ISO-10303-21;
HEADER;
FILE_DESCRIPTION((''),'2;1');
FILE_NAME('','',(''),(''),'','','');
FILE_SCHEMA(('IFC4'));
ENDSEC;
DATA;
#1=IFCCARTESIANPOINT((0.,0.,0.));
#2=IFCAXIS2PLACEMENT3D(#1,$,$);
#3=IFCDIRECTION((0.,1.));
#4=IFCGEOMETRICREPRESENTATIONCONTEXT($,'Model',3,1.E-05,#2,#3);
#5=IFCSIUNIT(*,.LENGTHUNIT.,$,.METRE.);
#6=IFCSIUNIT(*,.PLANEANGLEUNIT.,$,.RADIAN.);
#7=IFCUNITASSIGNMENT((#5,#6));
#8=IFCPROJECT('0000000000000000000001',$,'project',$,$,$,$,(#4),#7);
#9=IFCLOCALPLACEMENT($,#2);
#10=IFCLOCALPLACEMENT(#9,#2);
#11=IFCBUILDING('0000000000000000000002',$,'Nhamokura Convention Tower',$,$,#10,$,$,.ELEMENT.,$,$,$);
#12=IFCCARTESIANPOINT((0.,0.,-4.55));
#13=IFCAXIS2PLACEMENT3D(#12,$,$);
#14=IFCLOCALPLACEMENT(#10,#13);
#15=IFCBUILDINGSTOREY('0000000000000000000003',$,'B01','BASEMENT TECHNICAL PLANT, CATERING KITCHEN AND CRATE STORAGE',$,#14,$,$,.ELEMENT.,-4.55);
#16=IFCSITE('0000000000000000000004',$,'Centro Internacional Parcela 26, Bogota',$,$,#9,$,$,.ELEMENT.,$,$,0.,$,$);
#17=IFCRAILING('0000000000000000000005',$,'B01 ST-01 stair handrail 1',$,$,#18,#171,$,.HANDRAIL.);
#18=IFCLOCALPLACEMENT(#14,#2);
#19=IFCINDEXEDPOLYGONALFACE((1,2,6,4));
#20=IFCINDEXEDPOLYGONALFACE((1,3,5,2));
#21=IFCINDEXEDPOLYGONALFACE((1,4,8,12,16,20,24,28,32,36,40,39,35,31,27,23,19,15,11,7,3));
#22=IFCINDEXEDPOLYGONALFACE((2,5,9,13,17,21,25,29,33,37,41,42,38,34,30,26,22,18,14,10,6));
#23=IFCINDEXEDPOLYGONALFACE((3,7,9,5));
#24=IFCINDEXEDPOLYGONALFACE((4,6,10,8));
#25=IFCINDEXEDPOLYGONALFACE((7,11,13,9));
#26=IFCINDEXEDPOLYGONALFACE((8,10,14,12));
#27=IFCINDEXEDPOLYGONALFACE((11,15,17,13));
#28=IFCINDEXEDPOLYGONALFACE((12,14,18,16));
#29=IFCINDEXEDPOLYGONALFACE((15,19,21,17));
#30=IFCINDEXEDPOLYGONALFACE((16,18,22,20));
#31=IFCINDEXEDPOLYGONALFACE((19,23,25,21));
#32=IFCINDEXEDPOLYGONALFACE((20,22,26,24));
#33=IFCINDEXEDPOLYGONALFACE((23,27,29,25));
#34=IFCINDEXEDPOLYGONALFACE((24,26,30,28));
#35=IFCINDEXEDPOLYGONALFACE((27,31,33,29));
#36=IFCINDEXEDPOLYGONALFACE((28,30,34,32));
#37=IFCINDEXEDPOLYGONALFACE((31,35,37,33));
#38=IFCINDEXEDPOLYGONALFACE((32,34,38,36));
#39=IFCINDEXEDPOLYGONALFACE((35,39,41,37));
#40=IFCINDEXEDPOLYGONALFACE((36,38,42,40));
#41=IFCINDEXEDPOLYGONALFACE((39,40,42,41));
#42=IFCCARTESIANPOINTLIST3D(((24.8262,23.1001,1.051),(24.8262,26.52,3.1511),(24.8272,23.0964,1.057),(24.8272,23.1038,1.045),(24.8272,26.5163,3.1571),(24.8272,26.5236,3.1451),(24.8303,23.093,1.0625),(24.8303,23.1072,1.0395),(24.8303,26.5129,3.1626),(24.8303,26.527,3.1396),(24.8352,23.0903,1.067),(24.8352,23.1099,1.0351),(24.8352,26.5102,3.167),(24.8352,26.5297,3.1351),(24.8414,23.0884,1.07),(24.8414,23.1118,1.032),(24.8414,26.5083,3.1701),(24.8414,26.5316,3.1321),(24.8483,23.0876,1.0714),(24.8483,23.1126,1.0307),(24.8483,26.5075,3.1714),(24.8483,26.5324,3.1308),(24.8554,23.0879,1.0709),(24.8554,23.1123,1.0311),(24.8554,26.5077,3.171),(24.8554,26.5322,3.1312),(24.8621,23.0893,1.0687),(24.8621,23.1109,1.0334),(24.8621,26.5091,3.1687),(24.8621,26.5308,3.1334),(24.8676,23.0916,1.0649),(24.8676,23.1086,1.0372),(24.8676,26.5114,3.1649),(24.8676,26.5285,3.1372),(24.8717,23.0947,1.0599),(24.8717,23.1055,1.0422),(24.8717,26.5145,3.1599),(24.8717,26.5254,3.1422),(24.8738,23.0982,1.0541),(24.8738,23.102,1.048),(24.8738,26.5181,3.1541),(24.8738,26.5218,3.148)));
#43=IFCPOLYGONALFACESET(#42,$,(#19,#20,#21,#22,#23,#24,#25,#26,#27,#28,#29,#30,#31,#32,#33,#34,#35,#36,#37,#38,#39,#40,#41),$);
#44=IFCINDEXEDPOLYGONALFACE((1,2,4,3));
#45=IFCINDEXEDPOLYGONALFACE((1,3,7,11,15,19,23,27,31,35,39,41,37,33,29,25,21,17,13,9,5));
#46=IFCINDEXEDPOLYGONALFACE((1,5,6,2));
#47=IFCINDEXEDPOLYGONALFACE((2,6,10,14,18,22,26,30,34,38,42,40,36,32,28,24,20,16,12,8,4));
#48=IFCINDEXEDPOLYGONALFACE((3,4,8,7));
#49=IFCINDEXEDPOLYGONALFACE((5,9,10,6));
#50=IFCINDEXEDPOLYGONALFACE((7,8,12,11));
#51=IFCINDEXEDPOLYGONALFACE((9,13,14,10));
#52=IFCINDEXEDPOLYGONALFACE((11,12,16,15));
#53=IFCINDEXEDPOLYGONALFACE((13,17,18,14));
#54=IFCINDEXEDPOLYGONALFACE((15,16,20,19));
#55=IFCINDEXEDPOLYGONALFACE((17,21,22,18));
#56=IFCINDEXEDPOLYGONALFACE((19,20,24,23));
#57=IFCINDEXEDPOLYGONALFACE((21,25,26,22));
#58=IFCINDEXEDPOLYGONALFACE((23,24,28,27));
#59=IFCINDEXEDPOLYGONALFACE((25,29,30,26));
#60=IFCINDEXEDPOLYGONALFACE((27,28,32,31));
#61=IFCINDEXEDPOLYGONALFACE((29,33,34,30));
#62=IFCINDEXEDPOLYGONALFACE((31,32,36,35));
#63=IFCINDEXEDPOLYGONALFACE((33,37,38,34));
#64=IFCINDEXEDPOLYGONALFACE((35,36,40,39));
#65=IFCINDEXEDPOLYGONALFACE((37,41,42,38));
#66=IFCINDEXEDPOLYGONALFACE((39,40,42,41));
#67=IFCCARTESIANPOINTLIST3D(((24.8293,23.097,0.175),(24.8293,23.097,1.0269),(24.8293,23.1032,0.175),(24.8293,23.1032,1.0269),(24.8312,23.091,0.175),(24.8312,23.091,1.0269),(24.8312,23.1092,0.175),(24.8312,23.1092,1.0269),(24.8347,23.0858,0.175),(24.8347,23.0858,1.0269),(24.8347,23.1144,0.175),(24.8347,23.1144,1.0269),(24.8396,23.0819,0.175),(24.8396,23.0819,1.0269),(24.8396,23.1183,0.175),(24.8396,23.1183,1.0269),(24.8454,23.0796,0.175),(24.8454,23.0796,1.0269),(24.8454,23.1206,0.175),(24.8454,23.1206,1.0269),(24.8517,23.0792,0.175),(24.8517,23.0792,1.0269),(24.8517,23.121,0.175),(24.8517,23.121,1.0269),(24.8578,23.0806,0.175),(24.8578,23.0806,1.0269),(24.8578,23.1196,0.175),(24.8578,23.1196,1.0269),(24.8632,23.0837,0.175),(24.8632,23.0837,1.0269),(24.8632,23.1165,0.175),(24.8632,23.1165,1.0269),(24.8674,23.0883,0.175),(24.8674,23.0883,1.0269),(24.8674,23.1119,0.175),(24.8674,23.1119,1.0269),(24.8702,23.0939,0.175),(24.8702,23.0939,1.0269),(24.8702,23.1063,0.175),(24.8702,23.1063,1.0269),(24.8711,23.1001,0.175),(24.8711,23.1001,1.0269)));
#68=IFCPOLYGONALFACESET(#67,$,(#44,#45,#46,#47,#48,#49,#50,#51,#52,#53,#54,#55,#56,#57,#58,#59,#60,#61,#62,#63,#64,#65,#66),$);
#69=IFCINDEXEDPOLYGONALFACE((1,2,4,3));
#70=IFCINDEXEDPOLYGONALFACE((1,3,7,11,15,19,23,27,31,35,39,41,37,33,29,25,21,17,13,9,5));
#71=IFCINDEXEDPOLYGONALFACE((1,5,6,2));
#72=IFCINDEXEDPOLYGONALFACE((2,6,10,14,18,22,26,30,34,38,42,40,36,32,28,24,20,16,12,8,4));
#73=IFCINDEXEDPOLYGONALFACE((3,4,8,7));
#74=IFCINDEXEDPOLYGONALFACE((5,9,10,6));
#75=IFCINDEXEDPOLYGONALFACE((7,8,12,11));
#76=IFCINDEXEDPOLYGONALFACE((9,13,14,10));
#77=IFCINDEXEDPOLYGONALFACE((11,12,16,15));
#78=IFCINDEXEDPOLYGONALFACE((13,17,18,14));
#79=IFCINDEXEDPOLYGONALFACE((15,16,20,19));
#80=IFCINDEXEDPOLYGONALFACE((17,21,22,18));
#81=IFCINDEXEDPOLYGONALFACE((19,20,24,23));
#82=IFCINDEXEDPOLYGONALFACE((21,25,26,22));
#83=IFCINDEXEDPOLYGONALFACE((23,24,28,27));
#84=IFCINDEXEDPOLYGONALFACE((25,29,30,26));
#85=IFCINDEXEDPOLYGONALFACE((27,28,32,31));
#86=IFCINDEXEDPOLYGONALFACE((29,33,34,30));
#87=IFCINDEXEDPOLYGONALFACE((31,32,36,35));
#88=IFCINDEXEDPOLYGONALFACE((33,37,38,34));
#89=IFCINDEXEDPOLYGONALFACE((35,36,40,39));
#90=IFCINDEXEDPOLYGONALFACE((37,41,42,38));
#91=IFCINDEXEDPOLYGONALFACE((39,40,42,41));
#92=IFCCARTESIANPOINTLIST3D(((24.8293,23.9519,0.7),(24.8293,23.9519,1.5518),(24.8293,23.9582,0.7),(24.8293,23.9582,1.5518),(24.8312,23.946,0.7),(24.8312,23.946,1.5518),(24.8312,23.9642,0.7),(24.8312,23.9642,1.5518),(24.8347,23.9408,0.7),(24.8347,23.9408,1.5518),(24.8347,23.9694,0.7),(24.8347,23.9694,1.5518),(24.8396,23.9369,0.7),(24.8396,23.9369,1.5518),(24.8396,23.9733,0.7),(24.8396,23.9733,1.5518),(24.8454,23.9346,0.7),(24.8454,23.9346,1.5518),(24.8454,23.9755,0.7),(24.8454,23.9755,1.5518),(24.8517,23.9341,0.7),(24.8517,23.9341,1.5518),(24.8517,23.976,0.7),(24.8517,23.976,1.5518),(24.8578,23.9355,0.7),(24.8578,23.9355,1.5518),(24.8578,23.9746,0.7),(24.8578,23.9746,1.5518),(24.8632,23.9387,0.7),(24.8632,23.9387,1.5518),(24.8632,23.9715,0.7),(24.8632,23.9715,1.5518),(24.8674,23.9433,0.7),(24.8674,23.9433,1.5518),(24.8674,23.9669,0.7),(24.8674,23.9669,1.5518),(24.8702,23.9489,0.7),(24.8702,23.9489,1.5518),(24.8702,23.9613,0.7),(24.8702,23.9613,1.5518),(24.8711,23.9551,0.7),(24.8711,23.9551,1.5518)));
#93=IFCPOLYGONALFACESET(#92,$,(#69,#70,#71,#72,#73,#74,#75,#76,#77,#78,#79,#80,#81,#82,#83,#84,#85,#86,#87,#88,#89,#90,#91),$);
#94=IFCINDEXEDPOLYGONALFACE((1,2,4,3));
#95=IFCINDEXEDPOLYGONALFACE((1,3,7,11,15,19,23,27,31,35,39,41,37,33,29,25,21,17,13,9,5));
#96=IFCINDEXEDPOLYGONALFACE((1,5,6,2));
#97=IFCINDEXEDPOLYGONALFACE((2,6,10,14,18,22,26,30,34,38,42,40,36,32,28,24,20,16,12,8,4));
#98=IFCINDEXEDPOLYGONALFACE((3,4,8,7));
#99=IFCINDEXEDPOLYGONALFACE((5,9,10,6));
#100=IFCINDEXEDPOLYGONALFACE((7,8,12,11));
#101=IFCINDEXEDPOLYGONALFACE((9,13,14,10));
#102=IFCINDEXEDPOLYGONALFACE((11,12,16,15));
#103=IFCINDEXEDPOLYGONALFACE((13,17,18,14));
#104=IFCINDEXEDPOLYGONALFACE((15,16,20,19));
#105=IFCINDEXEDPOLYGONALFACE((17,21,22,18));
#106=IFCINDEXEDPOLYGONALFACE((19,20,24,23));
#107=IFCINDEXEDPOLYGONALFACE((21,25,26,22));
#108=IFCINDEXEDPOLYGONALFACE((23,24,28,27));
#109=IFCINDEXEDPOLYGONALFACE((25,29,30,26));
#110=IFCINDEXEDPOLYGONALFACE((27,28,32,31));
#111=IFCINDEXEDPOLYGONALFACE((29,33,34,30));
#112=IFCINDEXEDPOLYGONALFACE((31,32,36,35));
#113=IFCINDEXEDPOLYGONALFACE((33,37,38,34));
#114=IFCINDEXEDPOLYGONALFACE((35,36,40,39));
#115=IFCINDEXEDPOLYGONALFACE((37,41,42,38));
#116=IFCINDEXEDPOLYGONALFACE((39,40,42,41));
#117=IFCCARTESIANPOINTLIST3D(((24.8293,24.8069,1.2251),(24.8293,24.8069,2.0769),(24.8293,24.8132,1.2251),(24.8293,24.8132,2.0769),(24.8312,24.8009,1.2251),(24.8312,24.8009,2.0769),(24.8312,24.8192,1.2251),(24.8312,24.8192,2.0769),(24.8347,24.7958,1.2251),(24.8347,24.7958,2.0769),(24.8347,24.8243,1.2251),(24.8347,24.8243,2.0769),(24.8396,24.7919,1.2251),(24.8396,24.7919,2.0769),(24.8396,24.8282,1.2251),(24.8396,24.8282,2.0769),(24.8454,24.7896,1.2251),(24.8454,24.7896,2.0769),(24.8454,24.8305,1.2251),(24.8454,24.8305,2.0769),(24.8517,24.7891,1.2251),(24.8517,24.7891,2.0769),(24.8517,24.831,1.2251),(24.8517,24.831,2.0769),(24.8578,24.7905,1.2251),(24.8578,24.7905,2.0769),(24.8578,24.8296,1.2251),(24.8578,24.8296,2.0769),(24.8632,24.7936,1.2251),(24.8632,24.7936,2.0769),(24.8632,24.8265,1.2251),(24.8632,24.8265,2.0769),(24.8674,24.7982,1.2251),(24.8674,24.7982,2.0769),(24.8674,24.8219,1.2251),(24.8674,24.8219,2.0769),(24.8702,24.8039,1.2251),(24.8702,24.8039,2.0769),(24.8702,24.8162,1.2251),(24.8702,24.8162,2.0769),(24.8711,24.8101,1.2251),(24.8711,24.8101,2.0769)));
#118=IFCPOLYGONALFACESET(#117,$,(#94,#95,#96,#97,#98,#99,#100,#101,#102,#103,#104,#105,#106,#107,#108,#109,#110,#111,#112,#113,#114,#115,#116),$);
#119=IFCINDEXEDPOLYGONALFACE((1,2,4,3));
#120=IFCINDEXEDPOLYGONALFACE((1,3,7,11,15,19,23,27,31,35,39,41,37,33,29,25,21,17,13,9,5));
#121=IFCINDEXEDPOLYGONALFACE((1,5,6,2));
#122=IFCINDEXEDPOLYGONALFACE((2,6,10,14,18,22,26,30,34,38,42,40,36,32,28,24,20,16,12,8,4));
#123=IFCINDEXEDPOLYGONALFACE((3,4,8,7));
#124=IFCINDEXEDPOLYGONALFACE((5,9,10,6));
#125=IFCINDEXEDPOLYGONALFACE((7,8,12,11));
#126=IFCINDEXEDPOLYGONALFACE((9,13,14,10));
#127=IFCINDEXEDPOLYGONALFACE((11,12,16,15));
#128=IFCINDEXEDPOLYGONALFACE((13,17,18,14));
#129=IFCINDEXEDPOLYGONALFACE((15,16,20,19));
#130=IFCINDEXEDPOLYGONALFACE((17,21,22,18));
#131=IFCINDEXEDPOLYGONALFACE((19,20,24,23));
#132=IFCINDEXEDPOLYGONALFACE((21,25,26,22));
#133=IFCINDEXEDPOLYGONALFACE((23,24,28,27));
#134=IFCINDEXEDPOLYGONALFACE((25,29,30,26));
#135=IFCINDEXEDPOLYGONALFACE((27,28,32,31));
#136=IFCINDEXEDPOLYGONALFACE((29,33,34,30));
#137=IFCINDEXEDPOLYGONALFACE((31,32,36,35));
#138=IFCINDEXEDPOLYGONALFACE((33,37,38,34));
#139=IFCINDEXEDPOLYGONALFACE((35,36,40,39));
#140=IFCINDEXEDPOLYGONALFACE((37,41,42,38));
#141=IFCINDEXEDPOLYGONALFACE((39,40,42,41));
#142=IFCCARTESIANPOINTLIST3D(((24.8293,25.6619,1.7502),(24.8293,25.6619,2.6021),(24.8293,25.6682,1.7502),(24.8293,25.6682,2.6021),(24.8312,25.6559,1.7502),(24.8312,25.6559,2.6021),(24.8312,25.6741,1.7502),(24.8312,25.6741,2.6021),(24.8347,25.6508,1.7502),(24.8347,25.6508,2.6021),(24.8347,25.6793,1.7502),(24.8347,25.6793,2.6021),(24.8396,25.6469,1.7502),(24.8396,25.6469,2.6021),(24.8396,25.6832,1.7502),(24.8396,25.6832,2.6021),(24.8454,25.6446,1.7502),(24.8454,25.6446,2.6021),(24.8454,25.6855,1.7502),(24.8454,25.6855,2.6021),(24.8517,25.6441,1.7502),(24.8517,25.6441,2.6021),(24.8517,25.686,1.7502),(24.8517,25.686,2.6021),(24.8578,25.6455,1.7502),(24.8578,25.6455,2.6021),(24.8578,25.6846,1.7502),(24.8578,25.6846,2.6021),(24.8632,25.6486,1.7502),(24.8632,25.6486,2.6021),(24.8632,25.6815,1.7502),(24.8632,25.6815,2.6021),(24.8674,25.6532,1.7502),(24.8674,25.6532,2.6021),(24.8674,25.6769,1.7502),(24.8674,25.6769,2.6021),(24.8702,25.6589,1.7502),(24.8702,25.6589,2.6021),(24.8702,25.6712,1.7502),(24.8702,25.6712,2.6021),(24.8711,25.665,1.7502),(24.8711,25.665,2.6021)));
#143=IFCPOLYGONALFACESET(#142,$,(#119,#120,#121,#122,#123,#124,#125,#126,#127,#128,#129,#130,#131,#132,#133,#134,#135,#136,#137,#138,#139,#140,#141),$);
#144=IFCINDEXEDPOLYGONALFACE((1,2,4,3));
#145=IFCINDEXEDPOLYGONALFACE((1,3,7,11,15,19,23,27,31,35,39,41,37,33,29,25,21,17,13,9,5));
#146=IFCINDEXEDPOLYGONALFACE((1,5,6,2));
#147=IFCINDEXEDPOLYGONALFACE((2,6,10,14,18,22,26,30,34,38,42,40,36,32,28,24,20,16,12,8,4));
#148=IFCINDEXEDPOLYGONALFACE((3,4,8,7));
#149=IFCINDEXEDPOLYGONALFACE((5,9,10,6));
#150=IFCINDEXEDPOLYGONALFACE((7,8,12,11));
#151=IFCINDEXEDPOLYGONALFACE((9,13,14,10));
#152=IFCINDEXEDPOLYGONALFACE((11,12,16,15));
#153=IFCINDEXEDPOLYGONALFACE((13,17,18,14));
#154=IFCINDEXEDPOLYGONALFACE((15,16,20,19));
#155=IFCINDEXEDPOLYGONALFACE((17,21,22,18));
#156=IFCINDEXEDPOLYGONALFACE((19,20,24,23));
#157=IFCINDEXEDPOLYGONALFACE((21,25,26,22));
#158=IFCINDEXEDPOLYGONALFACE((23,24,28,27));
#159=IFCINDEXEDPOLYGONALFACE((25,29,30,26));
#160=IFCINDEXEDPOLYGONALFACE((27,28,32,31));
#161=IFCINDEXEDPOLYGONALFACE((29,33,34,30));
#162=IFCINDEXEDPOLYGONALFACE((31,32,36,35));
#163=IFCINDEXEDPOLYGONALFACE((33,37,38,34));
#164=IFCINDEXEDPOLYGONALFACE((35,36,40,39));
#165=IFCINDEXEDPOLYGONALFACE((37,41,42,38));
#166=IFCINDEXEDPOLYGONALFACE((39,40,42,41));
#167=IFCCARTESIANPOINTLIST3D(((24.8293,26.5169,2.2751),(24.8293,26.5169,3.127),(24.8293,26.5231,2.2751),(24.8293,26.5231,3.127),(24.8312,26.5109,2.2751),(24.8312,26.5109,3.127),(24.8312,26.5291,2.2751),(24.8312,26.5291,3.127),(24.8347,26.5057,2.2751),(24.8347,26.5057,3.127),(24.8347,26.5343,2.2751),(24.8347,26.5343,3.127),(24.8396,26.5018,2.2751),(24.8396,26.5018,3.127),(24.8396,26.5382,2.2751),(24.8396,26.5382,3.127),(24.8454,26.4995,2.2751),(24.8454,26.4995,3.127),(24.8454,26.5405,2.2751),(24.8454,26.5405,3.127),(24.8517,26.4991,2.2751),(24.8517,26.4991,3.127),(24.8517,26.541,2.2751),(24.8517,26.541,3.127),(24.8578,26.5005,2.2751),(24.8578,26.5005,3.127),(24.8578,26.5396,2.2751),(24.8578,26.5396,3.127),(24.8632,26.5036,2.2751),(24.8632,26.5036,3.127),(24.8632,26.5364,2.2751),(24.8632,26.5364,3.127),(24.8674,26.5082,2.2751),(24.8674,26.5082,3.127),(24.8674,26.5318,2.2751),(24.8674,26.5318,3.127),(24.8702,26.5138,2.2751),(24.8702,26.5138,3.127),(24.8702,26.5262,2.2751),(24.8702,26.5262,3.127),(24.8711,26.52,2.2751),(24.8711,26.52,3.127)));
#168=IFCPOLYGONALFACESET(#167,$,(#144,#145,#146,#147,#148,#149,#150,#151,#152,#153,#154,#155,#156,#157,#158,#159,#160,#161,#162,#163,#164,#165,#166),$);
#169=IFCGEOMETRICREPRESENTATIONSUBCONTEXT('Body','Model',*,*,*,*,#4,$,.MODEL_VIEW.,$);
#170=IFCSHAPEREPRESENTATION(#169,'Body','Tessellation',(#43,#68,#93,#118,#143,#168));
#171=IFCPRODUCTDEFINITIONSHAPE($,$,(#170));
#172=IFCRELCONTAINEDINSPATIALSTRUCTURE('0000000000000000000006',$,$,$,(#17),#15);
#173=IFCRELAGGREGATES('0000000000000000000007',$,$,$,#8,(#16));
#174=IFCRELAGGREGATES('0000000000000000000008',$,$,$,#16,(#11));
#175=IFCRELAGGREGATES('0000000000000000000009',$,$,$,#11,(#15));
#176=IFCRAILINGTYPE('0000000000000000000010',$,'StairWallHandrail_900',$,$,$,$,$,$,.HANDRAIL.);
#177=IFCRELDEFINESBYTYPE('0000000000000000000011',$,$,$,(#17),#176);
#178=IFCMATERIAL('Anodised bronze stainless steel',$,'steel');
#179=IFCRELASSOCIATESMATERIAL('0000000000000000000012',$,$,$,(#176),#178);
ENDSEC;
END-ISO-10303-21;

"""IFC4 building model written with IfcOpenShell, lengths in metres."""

from ifc_helpers import new_model, si_unit, direction, frame, origin, origin_2d, place, context, subcontext, project, spatial, circle, extrude, material, type_object, element, save


model = new_model("IFC4")

# Units and contexts
model_context = context("Model", 3, precision=1e-05, world=origin(), true_north=direction((0.0, 1.0)))
body_context = subcontext(model_context, "Body", "Model", "MODEL_VIEW")
ifc_project = project(units=[si_unit("LENGTHUNIT", "METRE"), si_unit("PLANEANGLEUNIT", "RADIAN")], contexts=[model_context])

# Site, building, storey
site_placement = place(None, origin())
site = spatial("IfcSite", under=ifc_project, at=site_placement, Name="Centro Internacional Parcela 26, Bogota", CompositionType="ELEMENT", RefElevation=0.0)
building_placement = place(site_placement, origin())
building = spatial("IfcBuilding", under=site, at=building_placement, Name="Nhamokura Convention Tower", CompositionType="ELEMENT")
storey_placement = place(building_placement, frame((0.0, 0.0, -4.55)))
storey = spatial("IfcBuildingStorey", under=building, at=storey_placement, Name="B01", Description="BASEMENT TECHNICAL PLANT, CATERING KITCHEN AND CRATE STORAGE", CompositionType="ELEMENT", Elevation=-4.55)

# Railing
ifc_material_1 = material(Name="Anodised bronze stainless steel", Category="steel")
railing_type_1 = type_object("IfcRailingType", Name="StairWallHandrail_900", PredefinedType="HANDRAIL", material=ifc_material_1)
for number, where, name in (
    (1, (24.8501, 23.1001, 0.175), "B01 ST-01 stair handrail 1"),
):
    element("IfcRailing", number, at=place(storey_placement, frame(where)), inside=storey, type_object=railing_type_1, Name=name, PredefinedType="HANDRAIL", context=body_context, shape_type="SweptSolid", body=[
        extrude(circle(Radius=0.0239, at=origin_2d()), frame((0.0, 0.0, 0.876), z_axis=(0.0, 0.852155, 0.523289), x_axis=(-1.0, 0.0, 0.0)), (0.0, 0.0, 1.0), 4.0132),
        extrude(circle(Radius=0.021, at=origin_2d()), origin(), (0.0, 0.0, 1.0), 0.8518),
        extrude(circle(Radius=0.021, at=origin_2d()), frame((0.0, 0.855, 0.5249)), (0.0, 0.0, 1.0), 0.8518),
        extrude(circle(Radius=0.021, at=origin_2d()), frame((0.0, 1.71, 1.05)), (0.0, 0.0, 1.0), 0.8518),
        extrude(circle(Radius=0.021, at=origin_2d()), frame((0.0, 2.5649, 1.5752)), (0.0, 0.0, 1.0), 0.8518),
        extrude(circle(Radius=0.021, at=origin_2d()), frame((0.0, 3.4199, 2.1001)), (0.0, 0.0, 1.0), 0.8518),
    ])

save(model, "model.ifc")
